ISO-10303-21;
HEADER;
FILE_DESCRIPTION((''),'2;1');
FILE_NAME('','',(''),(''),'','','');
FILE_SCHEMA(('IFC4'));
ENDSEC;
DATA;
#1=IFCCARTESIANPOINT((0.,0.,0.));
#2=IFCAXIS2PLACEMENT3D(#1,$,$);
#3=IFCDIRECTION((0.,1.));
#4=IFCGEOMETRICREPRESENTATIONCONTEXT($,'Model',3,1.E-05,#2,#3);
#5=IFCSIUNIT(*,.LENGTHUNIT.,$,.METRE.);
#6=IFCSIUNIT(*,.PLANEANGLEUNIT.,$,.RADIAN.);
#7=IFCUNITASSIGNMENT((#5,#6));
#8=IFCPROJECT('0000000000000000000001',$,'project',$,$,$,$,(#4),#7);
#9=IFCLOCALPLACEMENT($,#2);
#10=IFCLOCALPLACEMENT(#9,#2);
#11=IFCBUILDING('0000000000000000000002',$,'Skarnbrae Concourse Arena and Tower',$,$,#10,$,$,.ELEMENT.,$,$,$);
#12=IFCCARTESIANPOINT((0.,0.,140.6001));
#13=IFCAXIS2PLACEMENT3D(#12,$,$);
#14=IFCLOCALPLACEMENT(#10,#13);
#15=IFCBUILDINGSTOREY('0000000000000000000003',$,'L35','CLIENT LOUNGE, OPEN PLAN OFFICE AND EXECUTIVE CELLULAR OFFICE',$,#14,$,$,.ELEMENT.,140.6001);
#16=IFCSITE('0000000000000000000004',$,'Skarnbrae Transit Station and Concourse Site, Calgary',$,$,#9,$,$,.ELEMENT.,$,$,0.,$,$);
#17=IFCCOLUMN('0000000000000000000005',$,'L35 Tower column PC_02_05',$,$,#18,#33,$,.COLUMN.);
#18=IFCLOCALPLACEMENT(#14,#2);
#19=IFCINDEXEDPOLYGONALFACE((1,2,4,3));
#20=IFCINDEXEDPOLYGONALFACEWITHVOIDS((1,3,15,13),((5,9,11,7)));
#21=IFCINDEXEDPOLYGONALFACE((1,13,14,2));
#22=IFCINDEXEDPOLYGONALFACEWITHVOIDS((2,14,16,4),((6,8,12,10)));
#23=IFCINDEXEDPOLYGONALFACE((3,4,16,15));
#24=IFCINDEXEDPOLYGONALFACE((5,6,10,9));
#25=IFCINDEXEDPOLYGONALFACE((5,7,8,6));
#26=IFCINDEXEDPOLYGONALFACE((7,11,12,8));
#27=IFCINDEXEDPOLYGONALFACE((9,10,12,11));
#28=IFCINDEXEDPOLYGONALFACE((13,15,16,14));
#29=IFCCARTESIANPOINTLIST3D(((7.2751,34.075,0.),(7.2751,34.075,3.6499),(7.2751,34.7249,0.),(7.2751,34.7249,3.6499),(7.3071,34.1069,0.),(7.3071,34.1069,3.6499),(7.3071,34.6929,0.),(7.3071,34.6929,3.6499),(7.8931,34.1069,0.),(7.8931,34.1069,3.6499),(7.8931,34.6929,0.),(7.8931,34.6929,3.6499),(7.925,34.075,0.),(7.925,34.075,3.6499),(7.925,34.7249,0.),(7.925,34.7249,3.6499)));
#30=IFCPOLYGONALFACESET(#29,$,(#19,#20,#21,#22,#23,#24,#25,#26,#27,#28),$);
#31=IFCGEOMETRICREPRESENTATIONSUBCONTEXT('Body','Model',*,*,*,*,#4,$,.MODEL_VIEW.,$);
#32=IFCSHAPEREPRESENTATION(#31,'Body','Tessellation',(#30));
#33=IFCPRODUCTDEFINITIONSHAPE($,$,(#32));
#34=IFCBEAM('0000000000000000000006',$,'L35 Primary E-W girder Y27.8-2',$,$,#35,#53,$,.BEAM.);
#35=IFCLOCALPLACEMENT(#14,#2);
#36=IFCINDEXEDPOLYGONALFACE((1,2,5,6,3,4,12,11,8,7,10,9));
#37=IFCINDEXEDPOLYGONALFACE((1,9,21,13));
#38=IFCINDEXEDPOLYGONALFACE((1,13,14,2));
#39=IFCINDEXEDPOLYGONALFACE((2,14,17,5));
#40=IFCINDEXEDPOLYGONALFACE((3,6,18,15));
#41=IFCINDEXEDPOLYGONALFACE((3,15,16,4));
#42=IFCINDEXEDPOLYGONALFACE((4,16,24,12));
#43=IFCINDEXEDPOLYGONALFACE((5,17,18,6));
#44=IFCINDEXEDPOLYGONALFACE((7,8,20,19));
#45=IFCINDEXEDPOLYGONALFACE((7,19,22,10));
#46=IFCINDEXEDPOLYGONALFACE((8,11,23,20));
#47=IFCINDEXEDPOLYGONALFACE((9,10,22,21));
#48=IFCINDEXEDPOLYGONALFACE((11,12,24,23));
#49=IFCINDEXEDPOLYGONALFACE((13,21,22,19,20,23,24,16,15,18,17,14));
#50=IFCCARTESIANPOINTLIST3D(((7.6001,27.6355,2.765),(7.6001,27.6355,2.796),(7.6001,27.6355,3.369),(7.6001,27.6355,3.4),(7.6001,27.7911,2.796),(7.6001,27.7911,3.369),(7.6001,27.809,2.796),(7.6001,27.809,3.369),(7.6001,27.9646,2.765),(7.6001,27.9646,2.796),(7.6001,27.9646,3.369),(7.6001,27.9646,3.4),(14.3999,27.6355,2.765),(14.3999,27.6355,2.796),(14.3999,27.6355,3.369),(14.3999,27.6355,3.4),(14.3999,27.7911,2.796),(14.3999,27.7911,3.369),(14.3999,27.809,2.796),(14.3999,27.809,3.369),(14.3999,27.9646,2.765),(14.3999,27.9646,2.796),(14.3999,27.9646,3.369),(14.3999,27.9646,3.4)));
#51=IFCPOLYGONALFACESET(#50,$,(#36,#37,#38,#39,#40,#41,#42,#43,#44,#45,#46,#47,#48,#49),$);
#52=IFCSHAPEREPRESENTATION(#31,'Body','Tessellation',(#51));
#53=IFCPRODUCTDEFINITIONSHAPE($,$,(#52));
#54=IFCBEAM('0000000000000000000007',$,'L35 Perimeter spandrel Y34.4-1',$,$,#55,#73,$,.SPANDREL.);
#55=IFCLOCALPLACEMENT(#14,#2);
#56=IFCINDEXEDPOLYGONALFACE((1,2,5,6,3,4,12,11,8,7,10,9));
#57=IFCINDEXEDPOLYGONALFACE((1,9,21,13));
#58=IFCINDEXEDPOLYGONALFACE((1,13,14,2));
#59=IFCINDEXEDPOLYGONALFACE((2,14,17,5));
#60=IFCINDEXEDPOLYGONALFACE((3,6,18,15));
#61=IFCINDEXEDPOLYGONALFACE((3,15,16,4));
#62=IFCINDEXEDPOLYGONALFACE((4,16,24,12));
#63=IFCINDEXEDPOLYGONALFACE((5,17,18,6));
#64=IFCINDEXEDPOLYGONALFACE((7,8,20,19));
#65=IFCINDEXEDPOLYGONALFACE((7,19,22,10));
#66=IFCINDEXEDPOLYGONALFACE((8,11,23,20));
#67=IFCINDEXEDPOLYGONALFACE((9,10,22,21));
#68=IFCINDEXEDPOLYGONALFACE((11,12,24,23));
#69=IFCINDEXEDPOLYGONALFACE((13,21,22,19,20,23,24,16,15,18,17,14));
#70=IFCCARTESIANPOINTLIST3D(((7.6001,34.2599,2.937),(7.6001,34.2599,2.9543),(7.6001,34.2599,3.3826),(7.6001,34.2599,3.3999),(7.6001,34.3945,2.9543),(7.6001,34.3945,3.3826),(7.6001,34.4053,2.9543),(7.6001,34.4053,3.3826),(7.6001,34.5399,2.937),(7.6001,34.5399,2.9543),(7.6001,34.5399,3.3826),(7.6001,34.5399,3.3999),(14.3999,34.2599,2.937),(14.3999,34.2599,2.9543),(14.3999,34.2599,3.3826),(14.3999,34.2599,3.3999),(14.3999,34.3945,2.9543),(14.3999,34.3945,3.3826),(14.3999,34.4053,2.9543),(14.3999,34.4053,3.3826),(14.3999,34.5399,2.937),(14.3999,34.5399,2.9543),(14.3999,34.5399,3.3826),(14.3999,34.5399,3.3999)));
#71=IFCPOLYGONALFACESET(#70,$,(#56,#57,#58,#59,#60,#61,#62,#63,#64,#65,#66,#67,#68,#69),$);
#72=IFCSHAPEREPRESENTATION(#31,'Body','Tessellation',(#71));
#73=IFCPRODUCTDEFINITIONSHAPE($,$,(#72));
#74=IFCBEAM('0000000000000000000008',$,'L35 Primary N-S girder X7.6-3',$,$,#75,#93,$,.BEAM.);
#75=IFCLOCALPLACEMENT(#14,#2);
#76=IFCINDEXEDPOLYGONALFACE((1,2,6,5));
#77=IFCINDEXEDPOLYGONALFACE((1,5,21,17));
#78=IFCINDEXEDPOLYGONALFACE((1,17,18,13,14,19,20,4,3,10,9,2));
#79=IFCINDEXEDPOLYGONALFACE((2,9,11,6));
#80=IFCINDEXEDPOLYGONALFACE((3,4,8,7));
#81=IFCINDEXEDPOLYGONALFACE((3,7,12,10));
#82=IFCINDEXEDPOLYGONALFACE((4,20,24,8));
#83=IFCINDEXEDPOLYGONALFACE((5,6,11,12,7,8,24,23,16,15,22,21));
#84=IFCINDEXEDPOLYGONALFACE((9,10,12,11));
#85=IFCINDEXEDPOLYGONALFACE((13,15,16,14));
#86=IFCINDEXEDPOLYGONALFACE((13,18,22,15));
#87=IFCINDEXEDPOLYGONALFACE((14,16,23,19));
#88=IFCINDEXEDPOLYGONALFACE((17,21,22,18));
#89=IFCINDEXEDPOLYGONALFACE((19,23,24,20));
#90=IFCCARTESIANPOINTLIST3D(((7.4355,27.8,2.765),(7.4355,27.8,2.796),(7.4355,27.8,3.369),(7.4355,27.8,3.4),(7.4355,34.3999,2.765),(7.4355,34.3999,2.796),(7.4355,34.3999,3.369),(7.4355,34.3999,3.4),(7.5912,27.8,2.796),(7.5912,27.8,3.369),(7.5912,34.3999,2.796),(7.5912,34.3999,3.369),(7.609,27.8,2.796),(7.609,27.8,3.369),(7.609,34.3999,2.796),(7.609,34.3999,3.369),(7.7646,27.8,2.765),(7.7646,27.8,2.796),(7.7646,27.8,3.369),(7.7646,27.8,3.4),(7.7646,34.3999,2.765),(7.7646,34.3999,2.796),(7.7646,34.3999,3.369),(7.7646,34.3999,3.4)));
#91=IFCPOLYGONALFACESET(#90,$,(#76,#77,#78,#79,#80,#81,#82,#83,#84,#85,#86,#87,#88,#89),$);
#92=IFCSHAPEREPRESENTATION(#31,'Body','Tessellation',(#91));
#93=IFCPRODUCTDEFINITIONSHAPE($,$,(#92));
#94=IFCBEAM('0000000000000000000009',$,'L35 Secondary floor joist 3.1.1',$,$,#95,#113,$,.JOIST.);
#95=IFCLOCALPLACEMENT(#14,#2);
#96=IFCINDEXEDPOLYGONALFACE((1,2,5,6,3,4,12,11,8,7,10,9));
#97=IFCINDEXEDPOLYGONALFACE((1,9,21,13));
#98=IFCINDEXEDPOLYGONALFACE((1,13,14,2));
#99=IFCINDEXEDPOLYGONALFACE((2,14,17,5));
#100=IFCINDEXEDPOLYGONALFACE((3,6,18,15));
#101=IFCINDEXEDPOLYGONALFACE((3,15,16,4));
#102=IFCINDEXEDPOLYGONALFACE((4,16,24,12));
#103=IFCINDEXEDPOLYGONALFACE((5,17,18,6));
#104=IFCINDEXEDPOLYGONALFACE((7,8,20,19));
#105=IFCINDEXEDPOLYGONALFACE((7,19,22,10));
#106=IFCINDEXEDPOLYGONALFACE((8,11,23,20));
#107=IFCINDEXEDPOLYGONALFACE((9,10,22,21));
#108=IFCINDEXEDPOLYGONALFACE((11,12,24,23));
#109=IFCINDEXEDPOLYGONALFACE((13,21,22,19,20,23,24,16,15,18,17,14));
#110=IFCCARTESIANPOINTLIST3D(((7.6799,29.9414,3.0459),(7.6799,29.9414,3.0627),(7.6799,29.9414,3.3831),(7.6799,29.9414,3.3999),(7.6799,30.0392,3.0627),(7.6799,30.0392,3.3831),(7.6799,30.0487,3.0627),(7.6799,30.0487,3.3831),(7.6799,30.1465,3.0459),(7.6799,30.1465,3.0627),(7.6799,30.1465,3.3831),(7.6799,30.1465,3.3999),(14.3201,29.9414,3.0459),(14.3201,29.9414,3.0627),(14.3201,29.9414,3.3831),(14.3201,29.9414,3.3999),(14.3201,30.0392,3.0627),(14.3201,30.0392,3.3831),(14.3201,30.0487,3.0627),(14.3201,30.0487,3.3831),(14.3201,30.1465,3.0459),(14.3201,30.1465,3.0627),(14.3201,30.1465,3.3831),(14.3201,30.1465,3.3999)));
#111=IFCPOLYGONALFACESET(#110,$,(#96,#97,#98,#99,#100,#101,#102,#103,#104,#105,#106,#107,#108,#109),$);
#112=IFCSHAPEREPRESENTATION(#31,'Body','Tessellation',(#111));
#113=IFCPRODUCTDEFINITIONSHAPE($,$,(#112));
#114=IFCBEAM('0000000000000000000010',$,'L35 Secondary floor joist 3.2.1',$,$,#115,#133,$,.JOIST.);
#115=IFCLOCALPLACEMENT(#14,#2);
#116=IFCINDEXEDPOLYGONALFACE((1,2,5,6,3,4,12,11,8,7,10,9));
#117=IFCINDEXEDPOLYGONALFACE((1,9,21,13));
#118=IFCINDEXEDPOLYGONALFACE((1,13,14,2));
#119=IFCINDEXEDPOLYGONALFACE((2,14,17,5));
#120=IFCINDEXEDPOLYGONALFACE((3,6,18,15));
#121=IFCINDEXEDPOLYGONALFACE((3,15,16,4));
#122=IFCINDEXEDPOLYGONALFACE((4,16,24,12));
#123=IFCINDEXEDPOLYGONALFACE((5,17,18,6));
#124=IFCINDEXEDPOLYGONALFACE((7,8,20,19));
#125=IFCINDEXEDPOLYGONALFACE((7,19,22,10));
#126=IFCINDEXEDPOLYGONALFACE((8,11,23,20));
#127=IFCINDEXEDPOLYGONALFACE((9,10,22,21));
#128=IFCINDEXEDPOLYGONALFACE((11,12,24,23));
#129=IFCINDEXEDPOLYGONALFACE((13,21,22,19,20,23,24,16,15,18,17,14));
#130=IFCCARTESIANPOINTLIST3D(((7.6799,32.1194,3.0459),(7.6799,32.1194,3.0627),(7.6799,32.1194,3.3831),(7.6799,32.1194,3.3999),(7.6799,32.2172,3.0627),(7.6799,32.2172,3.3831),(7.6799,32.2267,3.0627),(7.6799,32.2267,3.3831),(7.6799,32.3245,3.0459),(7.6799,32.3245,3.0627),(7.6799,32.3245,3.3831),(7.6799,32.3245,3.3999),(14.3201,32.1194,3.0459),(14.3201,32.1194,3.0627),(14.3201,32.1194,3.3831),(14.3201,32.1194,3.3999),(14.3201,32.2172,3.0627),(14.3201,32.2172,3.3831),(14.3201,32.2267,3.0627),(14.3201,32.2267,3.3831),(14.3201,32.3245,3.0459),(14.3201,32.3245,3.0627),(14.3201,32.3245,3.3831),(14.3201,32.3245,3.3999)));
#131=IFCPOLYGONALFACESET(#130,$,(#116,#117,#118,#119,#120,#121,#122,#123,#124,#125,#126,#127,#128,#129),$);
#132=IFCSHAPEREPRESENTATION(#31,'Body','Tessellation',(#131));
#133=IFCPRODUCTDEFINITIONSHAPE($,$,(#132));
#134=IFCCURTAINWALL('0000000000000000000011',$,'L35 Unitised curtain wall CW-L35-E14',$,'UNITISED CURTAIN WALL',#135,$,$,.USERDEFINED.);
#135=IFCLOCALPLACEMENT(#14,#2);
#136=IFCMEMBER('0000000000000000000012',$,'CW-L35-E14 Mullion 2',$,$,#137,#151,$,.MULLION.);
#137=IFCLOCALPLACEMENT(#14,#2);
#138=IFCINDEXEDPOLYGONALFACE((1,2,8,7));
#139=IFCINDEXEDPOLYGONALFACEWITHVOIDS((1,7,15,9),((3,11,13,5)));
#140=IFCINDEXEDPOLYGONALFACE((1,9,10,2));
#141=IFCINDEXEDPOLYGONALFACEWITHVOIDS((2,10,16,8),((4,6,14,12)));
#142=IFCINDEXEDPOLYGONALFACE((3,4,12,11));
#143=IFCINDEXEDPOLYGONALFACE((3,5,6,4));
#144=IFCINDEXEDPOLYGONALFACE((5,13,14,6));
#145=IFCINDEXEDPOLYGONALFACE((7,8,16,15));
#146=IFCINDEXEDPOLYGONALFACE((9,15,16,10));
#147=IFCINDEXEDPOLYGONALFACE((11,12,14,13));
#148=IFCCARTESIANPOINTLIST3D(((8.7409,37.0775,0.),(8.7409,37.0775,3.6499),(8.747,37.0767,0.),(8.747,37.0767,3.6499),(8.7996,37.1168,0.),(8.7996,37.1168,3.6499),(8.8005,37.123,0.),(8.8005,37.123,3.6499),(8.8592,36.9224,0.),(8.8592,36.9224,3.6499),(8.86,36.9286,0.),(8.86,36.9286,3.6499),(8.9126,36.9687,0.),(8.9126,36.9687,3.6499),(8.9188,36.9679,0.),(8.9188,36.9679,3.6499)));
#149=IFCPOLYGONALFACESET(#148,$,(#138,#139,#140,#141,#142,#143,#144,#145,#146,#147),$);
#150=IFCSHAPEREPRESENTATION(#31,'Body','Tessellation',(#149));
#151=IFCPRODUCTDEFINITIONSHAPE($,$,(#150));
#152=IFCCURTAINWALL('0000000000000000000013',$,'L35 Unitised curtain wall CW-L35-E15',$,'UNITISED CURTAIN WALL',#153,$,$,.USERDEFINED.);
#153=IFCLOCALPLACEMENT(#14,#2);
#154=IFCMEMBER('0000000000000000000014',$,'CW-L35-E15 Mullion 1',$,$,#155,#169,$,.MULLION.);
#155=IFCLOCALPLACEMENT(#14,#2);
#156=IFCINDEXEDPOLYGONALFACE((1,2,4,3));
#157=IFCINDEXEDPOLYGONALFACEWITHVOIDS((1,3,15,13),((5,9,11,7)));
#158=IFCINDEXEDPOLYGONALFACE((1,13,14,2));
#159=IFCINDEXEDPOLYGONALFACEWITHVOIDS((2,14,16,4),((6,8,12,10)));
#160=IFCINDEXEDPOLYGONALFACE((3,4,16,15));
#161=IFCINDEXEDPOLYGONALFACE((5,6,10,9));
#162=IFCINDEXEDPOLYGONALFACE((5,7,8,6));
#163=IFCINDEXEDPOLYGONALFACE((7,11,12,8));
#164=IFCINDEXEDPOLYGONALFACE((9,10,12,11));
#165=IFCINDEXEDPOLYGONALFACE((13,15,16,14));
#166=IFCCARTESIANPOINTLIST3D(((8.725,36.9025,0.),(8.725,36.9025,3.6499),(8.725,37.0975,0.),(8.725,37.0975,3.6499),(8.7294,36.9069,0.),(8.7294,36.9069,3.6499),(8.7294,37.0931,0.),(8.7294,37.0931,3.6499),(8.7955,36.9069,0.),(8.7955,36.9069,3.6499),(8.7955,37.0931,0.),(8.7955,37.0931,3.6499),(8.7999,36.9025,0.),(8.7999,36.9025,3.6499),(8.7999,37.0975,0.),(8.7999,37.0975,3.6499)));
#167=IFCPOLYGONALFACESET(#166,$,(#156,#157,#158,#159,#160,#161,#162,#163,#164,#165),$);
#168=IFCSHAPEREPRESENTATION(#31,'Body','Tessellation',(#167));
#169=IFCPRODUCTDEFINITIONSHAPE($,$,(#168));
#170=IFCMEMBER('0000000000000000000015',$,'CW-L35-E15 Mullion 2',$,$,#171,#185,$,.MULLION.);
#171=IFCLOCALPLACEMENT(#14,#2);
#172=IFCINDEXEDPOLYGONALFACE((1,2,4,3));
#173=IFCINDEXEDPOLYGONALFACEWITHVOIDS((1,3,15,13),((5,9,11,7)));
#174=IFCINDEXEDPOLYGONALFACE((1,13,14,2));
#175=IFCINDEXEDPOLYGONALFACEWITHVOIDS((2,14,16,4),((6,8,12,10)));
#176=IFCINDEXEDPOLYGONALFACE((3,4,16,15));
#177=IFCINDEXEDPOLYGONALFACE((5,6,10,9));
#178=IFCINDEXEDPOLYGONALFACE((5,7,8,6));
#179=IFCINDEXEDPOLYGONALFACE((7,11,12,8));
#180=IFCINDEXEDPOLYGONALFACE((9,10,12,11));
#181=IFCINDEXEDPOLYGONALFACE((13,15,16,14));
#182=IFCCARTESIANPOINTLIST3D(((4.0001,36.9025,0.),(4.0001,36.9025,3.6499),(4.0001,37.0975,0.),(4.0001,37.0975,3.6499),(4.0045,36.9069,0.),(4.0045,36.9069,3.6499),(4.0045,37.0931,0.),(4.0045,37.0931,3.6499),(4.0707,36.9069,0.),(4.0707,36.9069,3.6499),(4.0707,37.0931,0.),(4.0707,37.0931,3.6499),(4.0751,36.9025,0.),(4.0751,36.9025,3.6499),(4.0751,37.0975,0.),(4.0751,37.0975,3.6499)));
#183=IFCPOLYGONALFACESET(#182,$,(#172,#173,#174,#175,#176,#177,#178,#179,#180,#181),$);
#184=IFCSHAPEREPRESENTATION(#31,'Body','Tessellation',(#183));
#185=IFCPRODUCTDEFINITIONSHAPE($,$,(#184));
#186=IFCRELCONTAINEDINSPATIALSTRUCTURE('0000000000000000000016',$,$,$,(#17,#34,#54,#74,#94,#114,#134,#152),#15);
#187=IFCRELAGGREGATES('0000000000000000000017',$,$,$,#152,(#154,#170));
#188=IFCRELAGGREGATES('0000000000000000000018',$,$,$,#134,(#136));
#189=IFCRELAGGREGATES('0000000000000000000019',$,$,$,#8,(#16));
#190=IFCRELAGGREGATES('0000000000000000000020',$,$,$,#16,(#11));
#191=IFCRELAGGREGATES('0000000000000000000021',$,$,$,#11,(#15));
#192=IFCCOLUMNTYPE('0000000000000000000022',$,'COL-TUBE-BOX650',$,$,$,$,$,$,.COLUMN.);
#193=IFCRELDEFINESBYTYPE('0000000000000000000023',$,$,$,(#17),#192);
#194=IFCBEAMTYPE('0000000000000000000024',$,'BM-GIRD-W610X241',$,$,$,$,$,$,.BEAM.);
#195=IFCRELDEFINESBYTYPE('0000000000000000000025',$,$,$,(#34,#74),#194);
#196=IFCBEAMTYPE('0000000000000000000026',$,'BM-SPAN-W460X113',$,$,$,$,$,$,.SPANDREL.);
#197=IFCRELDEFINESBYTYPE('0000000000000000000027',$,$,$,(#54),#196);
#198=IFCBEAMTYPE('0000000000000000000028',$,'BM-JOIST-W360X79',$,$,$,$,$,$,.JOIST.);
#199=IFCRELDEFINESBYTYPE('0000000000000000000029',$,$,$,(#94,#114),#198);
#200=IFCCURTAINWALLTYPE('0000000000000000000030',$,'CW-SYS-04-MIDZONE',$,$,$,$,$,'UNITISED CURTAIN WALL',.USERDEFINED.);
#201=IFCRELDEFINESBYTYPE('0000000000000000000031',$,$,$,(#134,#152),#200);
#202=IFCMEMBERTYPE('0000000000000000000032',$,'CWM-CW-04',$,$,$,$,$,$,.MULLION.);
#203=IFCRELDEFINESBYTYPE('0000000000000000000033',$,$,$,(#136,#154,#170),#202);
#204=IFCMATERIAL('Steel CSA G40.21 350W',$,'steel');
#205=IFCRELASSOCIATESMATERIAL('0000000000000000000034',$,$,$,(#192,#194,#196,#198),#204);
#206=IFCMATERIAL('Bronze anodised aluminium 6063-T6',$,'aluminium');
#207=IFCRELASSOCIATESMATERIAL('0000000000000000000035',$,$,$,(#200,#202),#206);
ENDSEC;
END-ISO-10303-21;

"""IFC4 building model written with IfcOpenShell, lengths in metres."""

from ifc_helpers import new_model, si_unit, direction, frame, origin, origin_2d, place, context, subcontext, project, spatial, hollow_rectangle, i_section, extrude, source, transform, mapped, material, material_profile, profile_set, type_object, element, aggregate, save


model = new_model("IFC4")

# Units and contexts
model_context = context("Model", 3, precision=1e-05, world=origin(), true_north=direction((0.0, 1.0)))
body_context = subcontext(model_context, "Body", "Model", "MODEL_VIEW")
ifc_project = project(units=[si_unit("LENGTHUNIT", "METRE"), si_unit("PLANEANGLEUNIT", "RADIAN")], contexts=[model_context])

# Site, building, storey
site_placement = place(None, origin())
site = spatial("IfcSite", under=ifc_project, at=site_placement, Name="Skarnbrae Transit Station and Concourse Site, Calgary", CompositionType="ELEMENT", RefElevation=0.0)
building_placement = place(site_placement, origin())
building = spatial("IfcBuilding", under=site, at=building_placement, Name="Skarnbrae Concourse Arena and Tower", CompositionType="ELEMENT")
storey_placement = place(building_placement, frame((0.0, 0.0, 140.6001)))
storey = spatial("IfcBuildingStorey", under=building, at=storey_placement, Name="L35", Description="CLIENT LOUNGE, OPEN PLAN OFFICE AND EXECUTIVE CELLULAR OFFICE", CompositionType="ELEMENT", Elevation=140.6001)

# Column
ifc_material_1 = material(Name="Steel CSA G40.21 350W", Category="steel")
ifc_material_profile_1 = material_profile(ifc_material_1, hollow_rectangle(XDim=0.6499, YDim=0.6499, WallThickness=0.032, at=origin_2d()), Name="BOX650X650X32")
ifc_profile_set_1 = profile_set([ifc_material_profile_1], Name="Steel CSA G40.21 350W")
column_type = type_object("IfcColumnType", Name="COL-TUBE-BOX650", PredefinedType="COLUMN", material=ifc_profile_set_1)
shared_shape_1 = source(origin(), body_context, "Body", "SweptSolid", [
    extrude(hollow_rectangle(XDim=0.6499, YDim=0.6499, WallThickness=0.032, at=origin_2d()), origin(), (0.0, 0.0, 1.0), 3.6499),
])
column_placement = place(storey_placement, frame((7.6001, 34.3999, 0.0), z_axis=(0.0, 0.0, 1.0), x_axis=(1.0, 0.0, 0.0)))
element("IfcColumn", 1, at=column_placement, inside=storey, type_object=column_type, Name="L35 Tower column PC_02_05", PredefinedType="COLUMN", context=body_context, shape_type="MappedRepresentation", body=[
    mapped(shared_shape_1, transform((0.0, 0.0, 0.0))),
])

# Beams
ifc_material_profile_2 = material_profile(ifc_material_1, i_section(OverallWidth=0.3291, OverallDepth=0.635, WebThickness=0.0178, FlangeThickness=0.031, at=origin_2d()), Name="W610X241")
ifc_profile_set_2 = profile_set([ifc_material_profile_2], Name="Steel CSA G40.21 350W")
beam_type_1 = type_object("IfcBeamType", Name="BM-GIRD-W610X241", PredefinedType="BEAM", material=ifc_profile_set_2)
shared_shape_2 = source(origin(), body_context, "Body", "SweptSolid", [
    extrude(i_section(OverallWidth=0.3291, OverallDepth=0.635, WebThickness=0.0178, FlangeThickness=0.031, at=origin_2d()), origin(), (0.0, 0.0, 1.0), 6.7998),
])
beam_1_placement = place(storey_placement, frame((7.6001, 27.8, 3.0825), z_axis=(1.0, 0.0, 0.0), x_axis=(0.0, 1.0, 0.0)))
element("IfcBeam", 2, at=beam_1_placement, inside=storey, type_object=beam_type_1, Name="L35 Primary E-W girder Y27.8-2", PredefinedType="BEAM", context=body_context, shape_type="MappedRepresentation", body=[
    mapped(shared_shape_2, transform((0.0, 0.0, 0.0))),
])
ifc_material_profile_3 = material_profile(ifc_material_1, i_section(OverallWidth=0.28, OverallDepth=0.4629, WebThickness=0.0107, FlangeThickness=0.0173, at=origin_2d()), Name="W460X113")
ifc_profile_set_3 = profile_set([ifc_material_profile_3], Name="Steel CSA G40.21 350W")
beam_type_2 = type_object("IfcBeamType", Name="BM-SPAN-W460X113", PredefinedType="SPANDREL", material=ifc_profile_set_3)
shared_shape_3 = source(origin(), body_context, "Body", "SweptSolid", [
    extrude(i_section(OverallWidth=0.28, OverallDepth=0.4629, WebThickness=0.0107, FlangeThickness=0.0173, at=origin_2d()), origin(), (0.0, 0.0, 1.0), 6.7998),
])
beam_2_placement = place(storey_placement, frame((7.6001, 34.3999, 3.1685), z_axis=(1.0, 0.0, 0.0), x_axis=(0.0, 1.0, 0.0)))
element("IfcBeam", 3, at=beam_2_placement, inside=storey, type_object=beam_type_2, Name="L35 Perimeter spandrel Y34.4-1", PredefinedType="SPANDREL", context=body_context, shape_type="MappedRepresentation", body=[
    mapped(shared_shape_3, transform((0.0, 0.0, 0.0))),
])
shared_shape_4 = source(origin(), body_context, "Body", "SweptSolid", [
    extrude(i_section(OverallWidth=0.3291, OverallDepth=0.635, WebThickness=0.0178, FlangeThickness=0.031, at=origin_2d()), origin(), (0.0, 0.0, 1.0), 6.5999),
])
beam_3_placement = place(storey_placement, frame((7.6001, 27.8, 3.0825), z_axis=(0.0, 1.0, 0.0), x_axis=(-1.0, 0.0, 0.0)))
element("IfcBeam", 4, at=beam_3_placement, inside=storey, type_object=beam_type_1, Name="L35 Primary N-S girder X7.6-3", PredefinedType="BEAM", context=body_context, shape_type="MappedRepresentation", body=[
    mapped(shared_shape_4, transform((0.0, 0.0, 0.0))),
])
ifc_material_profile_4 = material_profile(ifc_material_1, i_section(OverallWidth=0.2051, OverallDepth=0.354, WebThickness=0.0095, FlangeThickness=0.0168, at=origin_2d()), Name="W360X79")
ifc_profile_set_4 = profile_set([ifc_material_profile_4], Name="Steel CSA G40.21 350W")
beam_type_3 = type_object("IfcBeamType", Name="BM-JOIST-W360X79", PredefinedType="JOIST", material=ifc_profile_set_4)
shared_shape_5 = source(origin(), body_context, "Body", "SweptSolid", [
    extrude(i_section(OverallWidth=0.2051, OverallDepth=0.354, WebThickness=0.0095, FlangeThickness=0.0168, at=origin_2d()), origin(), (0.0, 0.0, 1.0), 6.6401),
])
for number, where, z_axis, x_axis, name in (
    (5, (7.6799, 30.0439, 3.2229), (1.0, 0.0, 0.0), (0.0, 1.0, 0.0), "L35 Secondary floor joist 3.1.1"),
    (6, (7.6799, 32.2219, 3.2229), (1.0, 0.0, 0.0), (0.0, 1.0, 0.0), "L35 Secondary floor joist 3.2.1"),
):
    element("IfcBeam", number, at=place(storey_placement, frame(where, z_axis=z_axis, x_axis=x_axis)), inside=storey, type_object=beam_type_3, Name=name, PredefinedType="JOIST", context=body_context, shape_type="MappedRepresentation", body=[
        mapped(shared_shape_5, transform((0.0, 0.0, 0.0))),
    ])

# Curtain wall, member
ifc_material_2 = material(Name="Bronze anodised aluminium 6063-T6", Category="aluminium")
curtain_wall_type = type_object("IfcCurtainWallType", Name="CW-SYS-04-MIDZONE", ElementType="UNITISED CURTAIN WALL", PredefinedType="USERDEFINED", material=ifc_material_2)
curtain_wall_1_placement = place(storey_placement, origin())
curtain_wall_1 = element("IfcCurtainWall", 7, at=curtain_wall_1_placement, inside=storey, type_object=curtain_wall_type, Name="L35 Unitised curtain wall CW-L35-E14", ObjectType="UNITISED CURTAIN WALL", PredefinedType="USERDEFINED")
ifc_material_profile_5 = material_profile(ifc_material_2, hollow_rectangle(XDim=0.075, YDim=0.1951, WallThickness=0.0044, at=origin_2d()), Name="ALU-MULL-75X195")
ifc_profile_set_5 = profile_set([ifc_material_profile_5], Name="Bronze anodised aluminium 6063-T6")
member_type_1 = type_object("IfcMemberType", Name="CWM-CW-04", PredefinedType="MULLION", material=ifc_profile_set_5)
shared_shape_6 = source(origin(), body_context, "Body", "SweptSolid", [
    extrude(hollow_rectangle(XDim=0.075, YDim=0.1951, WallThickness=0.0044, at=origin_2d()), origin(), (0.0, 0.0, 1.0), 3.6499),
])
member_1_placement = place(storey_placement, frame((8.8298, 37.0227, 0.0), z_axis=(0.0, 0.0, 1.0), x_axis=(-0.794956, -0.606667, 0.0)))
member_1 = element("IfcMember", 8, at=member_1_placement, type_object=member_type_1, Name="CW-L35-E14 Mullion 2", PredefinedType="MULLION", context=body_context, shape_type="MappedRepresentation", body=[
    mapped(shared_shape_6, transform((0.0, 0.0, 0.0))),
])

# Curtain wall, members
curtain_wall_2_placement = place(storey_placement, origin())
curtain_wall_2 = element("IfcCurtainWall", 9, at=curtain_wall_2_placement, inside=storey, type_object=curtain_wall_type, Name="L35 Unitised curtain wall CW-L35-E15", ObjectType="UNITISED CURTAIN WALL", PredefinedType="USERDEFINED")
member_2_placement = place(storey_placement, frame((8.7625, 37.0, 0.0), z_axis=(0.0, 0.0, 1.0), x_axis=(-1.0, 0.0, 0.0)))
member_2 = element("IfcMember", 10, at=member_2_placement, type_object=member_type_1, Name="CW-L35-E15 Mullion 1", PredefinedType="MULLION", context=body_context, shape_type="MappedRepresentation", body=[
    mapped(shared_shape_6, transform((0.0, 0.0, 0.0))),
])
member_3_placement = place(storey_placement, frame((4.0376, 37.0, 0.0), z_axis=(0.0, 0.0, 1.0), x_axis=(-1.0, 0.0, 0.0)))
member_3 = element("IfcMember", 11, at=member_3_placement, type_object=member_type_1, Name="CW-L35-E15 Mullion 2", PredefinedType="MULLION", context=body_context, shape_type="MappedRepresentation", body=[
    mapped(shared_shape_6, transform((0.0, 0.0, 0.0))),
])

aggregate(curtain_wall_2, [member_2, member_3])
aggregate(curtain_wall_1, [member_1])

save(model, "model.ifc")
